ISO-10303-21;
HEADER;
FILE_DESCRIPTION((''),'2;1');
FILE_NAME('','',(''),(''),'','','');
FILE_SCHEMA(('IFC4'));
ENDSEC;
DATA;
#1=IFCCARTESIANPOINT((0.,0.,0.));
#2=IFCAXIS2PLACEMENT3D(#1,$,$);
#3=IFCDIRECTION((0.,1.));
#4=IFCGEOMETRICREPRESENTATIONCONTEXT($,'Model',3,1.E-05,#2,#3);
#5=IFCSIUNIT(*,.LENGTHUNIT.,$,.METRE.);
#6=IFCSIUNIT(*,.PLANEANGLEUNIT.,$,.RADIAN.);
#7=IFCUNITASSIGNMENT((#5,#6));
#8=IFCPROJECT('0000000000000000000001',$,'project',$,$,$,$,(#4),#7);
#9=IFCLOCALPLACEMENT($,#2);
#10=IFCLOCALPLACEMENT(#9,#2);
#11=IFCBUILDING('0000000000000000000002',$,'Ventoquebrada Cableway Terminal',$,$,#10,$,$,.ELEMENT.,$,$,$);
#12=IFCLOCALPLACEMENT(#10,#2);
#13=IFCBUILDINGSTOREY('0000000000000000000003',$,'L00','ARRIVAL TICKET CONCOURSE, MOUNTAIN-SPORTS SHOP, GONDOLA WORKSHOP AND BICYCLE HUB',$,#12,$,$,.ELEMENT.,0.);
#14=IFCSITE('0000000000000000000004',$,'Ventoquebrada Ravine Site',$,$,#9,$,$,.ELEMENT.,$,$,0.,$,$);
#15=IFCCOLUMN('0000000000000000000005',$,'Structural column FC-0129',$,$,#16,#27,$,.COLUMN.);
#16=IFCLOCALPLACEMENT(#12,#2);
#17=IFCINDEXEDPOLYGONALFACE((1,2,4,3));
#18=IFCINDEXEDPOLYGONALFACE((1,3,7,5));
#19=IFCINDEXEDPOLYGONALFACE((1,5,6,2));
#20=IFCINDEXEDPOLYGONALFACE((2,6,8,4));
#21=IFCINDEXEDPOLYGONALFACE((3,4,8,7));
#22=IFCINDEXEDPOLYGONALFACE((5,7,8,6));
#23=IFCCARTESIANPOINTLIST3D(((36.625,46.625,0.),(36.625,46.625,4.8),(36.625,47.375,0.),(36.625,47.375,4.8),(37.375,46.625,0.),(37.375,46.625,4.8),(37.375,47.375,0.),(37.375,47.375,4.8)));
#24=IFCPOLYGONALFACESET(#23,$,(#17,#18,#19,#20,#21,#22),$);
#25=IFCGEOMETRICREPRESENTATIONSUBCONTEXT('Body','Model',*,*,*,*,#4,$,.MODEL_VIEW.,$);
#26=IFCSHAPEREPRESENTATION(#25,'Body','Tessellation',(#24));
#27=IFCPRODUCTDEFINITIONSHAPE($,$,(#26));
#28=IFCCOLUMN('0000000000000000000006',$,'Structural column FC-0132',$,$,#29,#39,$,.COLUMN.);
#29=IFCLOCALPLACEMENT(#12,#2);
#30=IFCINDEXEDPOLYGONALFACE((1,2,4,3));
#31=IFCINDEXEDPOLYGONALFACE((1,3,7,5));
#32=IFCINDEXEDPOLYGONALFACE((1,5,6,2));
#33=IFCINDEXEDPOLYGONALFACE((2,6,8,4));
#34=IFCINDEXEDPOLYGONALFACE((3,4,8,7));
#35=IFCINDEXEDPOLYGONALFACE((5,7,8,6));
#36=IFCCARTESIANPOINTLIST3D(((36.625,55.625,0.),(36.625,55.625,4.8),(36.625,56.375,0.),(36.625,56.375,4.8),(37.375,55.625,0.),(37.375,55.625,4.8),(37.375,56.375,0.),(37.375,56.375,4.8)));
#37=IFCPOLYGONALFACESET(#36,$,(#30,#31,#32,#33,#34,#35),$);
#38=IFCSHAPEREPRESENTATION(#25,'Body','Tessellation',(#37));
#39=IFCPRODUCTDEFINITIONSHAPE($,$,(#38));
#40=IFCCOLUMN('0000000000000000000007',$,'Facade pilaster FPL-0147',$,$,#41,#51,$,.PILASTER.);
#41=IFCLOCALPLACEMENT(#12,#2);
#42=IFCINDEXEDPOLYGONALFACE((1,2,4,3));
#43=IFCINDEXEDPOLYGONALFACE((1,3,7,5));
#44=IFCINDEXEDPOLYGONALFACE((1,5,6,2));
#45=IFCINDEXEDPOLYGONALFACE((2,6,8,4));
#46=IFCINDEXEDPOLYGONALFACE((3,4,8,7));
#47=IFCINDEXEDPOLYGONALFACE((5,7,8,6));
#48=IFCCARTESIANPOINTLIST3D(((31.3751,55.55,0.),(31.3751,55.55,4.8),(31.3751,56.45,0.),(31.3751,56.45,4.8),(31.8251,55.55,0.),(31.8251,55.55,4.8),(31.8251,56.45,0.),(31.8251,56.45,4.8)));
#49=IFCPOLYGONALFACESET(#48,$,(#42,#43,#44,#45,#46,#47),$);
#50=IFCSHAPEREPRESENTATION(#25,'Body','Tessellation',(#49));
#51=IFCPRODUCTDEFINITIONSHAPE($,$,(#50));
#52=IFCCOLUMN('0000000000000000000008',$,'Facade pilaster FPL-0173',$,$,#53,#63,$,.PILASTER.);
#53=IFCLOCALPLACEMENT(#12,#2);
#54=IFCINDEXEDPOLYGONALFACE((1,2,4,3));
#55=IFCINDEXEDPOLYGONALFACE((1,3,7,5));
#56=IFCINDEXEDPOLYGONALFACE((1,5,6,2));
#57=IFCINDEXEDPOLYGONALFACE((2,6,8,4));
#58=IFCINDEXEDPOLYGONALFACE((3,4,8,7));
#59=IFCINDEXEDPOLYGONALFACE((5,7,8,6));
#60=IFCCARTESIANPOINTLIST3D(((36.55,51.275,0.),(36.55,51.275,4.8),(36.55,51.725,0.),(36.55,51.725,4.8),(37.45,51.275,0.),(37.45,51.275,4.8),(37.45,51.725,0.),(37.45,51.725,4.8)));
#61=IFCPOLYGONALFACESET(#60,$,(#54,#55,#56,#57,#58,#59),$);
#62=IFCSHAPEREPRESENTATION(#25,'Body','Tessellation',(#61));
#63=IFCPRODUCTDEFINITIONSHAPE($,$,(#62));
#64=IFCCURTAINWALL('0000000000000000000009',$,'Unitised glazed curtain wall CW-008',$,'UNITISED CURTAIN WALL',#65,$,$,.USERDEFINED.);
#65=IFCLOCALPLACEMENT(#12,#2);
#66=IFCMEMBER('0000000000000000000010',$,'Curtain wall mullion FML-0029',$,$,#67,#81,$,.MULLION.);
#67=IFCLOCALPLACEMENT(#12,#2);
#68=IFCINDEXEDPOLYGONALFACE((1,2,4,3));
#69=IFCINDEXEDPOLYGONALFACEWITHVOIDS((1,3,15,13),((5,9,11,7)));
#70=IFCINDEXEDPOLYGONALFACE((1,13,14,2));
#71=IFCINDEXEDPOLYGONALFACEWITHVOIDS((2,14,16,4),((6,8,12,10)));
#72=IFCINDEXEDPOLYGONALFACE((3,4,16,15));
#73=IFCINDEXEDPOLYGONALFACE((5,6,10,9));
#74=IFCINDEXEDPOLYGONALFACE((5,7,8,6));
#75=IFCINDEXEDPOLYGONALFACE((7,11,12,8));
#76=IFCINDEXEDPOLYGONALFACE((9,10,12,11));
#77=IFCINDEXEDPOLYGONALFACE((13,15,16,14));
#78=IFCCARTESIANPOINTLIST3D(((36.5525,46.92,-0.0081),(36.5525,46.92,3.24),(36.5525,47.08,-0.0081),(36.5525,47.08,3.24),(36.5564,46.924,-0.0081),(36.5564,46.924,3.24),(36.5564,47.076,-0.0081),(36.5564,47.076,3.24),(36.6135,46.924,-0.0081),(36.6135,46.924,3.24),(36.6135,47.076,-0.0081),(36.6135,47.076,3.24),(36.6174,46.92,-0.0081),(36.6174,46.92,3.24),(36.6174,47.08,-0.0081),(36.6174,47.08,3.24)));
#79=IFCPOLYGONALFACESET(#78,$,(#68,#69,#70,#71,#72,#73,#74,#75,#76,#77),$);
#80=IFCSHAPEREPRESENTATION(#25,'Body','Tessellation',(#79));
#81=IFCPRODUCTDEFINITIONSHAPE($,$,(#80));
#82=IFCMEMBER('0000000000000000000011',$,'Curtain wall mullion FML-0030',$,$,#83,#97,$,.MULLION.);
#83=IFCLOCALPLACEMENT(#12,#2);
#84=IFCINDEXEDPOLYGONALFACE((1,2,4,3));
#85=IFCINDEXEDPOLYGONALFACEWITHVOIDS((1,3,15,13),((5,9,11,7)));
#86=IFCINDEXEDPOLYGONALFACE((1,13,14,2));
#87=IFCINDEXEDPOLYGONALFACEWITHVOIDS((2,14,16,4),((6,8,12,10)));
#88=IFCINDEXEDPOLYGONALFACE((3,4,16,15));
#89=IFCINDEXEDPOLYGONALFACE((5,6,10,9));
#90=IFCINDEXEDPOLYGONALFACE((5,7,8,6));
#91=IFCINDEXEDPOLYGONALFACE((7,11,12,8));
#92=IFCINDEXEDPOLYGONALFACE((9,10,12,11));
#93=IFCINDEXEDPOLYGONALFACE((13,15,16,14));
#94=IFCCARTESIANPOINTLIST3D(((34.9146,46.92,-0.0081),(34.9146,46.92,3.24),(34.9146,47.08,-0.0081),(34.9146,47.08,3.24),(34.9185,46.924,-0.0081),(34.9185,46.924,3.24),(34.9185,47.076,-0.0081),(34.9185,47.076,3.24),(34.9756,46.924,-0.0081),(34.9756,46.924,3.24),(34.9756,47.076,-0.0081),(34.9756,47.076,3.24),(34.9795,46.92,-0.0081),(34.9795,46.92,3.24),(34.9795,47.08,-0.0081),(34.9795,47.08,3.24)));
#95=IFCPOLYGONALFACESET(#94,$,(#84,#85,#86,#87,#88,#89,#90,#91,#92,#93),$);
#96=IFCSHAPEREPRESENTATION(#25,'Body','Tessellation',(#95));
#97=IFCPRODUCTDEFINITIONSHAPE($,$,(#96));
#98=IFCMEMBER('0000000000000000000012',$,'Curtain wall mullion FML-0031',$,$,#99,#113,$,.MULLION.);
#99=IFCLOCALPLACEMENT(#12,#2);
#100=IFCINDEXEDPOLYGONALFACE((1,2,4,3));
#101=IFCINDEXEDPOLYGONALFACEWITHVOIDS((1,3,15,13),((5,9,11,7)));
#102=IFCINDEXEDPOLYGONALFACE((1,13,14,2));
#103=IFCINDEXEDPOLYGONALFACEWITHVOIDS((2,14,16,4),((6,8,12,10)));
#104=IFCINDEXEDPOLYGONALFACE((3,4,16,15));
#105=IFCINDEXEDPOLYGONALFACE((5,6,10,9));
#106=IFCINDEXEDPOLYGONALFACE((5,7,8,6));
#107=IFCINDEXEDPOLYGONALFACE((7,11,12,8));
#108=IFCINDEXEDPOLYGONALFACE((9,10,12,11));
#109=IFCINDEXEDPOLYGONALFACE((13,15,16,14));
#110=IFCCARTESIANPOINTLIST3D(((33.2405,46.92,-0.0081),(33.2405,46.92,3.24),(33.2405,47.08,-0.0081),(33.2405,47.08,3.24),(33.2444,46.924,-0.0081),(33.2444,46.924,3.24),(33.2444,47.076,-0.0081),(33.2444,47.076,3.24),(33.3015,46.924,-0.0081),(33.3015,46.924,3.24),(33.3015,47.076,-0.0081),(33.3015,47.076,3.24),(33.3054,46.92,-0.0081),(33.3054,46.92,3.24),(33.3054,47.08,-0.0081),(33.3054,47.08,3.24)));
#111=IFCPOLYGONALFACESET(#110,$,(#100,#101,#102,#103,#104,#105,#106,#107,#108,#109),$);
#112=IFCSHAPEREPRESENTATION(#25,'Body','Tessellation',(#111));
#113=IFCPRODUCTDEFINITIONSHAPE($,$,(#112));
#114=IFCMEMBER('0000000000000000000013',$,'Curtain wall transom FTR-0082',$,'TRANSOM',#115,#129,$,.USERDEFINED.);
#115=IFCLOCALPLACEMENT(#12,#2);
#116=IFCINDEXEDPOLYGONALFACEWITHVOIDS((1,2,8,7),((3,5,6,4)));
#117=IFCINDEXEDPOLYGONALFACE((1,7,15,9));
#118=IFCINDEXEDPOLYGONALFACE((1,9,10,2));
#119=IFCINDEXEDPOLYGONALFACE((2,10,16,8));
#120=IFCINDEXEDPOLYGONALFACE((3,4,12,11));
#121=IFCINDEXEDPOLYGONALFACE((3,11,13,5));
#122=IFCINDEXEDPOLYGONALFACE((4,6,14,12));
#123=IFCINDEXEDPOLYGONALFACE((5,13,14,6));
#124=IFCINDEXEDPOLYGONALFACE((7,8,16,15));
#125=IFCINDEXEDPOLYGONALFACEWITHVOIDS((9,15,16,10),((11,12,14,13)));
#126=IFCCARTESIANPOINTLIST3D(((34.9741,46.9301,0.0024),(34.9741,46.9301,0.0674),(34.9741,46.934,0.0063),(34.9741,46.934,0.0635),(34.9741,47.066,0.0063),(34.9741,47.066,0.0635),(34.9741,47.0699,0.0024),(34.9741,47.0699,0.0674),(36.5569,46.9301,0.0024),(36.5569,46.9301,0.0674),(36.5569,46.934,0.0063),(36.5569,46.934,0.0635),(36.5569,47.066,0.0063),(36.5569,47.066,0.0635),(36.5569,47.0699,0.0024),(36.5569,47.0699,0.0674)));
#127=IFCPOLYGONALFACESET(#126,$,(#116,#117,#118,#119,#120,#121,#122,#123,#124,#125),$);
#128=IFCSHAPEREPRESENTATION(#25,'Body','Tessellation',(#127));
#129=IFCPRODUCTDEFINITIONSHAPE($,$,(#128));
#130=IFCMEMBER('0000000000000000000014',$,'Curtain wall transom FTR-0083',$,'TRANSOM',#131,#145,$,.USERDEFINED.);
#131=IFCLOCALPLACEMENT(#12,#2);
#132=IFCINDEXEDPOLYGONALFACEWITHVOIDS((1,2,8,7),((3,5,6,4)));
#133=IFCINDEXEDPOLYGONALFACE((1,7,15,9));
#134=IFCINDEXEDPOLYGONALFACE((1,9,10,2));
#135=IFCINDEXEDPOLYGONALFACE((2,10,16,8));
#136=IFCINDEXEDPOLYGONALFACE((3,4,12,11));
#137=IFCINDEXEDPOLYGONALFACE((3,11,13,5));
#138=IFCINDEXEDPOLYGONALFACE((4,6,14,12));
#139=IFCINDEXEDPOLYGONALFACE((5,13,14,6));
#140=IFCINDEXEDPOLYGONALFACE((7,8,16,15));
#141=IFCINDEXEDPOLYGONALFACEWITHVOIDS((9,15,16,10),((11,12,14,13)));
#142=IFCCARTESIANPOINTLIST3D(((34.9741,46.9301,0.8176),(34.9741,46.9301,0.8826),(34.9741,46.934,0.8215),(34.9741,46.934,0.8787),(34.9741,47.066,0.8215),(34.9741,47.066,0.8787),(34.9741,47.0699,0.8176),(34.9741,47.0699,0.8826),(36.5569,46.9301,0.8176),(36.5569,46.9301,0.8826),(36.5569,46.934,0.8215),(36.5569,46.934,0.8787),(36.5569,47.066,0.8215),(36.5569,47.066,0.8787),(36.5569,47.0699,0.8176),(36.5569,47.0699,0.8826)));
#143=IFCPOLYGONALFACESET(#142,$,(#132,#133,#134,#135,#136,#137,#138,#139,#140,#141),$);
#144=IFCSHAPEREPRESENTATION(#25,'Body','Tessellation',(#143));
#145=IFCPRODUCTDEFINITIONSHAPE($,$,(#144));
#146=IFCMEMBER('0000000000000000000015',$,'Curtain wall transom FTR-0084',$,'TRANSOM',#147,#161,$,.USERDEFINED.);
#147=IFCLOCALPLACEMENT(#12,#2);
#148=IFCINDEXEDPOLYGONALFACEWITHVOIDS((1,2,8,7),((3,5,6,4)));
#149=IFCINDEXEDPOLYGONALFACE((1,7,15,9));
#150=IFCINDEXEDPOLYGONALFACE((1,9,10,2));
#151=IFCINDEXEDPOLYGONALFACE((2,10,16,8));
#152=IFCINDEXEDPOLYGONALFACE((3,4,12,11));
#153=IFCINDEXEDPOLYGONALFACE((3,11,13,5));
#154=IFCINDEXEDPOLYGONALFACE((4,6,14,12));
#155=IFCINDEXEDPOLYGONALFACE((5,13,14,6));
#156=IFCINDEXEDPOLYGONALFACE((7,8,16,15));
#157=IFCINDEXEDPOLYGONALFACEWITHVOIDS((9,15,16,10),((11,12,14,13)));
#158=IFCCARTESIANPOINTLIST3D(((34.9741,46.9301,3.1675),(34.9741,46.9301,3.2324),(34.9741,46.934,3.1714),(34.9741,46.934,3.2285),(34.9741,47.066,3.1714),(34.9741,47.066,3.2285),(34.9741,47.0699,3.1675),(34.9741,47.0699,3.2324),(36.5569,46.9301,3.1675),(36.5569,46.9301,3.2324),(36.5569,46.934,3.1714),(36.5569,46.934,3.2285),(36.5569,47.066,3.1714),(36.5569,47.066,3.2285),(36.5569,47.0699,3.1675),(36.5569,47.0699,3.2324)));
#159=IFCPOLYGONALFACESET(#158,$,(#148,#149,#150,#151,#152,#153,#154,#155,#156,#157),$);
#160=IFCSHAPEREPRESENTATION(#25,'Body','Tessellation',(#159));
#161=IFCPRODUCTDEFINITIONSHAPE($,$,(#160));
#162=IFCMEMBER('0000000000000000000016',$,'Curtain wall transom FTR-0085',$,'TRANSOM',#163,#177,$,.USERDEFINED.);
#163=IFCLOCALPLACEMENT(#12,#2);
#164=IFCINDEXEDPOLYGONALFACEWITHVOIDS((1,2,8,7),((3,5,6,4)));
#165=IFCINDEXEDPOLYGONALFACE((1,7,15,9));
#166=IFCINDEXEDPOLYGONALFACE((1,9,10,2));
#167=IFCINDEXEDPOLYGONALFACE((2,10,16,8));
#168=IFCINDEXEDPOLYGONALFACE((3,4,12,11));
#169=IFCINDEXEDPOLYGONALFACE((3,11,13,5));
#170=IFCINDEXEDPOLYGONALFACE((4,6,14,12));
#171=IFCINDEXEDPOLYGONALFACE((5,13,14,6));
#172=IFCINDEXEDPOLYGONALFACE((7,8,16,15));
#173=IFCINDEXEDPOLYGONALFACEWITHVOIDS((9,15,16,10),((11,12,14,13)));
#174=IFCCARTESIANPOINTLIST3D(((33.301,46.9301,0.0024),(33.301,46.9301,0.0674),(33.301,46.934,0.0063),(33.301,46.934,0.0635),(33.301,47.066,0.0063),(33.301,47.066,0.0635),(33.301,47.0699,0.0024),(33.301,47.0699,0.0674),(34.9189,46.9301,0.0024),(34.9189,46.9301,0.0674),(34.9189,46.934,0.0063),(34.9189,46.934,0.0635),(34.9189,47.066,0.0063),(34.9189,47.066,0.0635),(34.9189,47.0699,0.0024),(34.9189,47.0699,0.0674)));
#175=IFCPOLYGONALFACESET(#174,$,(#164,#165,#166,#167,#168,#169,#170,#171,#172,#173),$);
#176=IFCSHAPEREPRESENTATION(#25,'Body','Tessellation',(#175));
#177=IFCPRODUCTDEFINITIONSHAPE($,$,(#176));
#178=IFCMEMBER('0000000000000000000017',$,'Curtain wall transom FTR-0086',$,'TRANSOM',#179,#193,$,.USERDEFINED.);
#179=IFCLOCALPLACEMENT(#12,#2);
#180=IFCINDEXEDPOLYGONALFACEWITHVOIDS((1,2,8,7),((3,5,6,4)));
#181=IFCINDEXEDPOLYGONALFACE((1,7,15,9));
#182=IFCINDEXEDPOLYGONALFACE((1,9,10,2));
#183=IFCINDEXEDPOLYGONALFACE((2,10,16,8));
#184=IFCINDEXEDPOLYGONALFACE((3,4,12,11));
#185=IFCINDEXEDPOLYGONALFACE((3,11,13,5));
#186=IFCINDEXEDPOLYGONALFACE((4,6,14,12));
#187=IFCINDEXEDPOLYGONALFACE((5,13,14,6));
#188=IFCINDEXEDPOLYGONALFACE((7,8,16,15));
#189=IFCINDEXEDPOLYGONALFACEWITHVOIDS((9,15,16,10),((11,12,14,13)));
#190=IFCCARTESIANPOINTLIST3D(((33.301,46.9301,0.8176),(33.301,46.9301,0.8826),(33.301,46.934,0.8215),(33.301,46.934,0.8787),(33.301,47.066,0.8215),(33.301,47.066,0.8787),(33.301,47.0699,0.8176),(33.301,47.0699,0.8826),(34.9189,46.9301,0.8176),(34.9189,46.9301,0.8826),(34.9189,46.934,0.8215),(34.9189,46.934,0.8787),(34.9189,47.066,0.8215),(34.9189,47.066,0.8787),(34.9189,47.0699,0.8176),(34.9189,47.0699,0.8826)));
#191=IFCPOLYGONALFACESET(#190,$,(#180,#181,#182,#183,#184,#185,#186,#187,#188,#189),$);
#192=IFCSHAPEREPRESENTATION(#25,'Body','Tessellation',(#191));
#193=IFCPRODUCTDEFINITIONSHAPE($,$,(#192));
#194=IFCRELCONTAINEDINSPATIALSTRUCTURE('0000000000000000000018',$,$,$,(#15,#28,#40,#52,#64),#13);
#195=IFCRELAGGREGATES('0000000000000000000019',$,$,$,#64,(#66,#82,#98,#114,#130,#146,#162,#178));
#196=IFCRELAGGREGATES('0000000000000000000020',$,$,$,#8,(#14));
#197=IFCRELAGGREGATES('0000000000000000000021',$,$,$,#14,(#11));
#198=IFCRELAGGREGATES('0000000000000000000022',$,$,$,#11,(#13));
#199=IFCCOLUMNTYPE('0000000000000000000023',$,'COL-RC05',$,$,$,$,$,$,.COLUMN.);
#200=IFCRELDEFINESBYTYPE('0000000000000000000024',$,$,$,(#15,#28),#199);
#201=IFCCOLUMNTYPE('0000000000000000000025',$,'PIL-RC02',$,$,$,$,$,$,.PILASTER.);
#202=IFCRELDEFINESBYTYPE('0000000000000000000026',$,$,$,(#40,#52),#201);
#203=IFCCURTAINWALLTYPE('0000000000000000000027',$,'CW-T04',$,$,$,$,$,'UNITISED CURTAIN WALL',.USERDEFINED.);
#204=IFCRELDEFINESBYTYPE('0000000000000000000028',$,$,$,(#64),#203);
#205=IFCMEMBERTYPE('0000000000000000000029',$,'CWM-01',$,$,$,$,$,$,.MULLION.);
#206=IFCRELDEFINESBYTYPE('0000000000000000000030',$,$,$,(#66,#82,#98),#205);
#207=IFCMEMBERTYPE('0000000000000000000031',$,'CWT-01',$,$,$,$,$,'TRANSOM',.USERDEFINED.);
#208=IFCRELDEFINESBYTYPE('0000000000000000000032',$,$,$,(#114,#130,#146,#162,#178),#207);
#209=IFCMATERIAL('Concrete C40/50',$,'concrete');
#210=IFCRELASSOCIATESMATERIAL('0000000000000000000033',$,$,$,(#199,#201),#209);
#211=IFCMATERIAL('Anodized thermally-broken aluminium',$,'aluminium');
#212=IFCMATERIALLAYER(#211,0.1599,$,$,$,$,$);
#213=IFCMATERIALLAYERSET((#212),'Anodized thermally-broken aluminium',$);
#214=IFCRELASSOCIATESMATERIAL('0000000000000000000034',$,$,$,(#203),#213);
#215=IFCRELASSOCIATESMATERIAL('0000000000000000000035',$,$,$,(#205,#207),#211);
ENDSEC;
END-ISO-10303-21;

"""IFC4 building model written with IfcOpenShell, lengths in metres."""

from ifc_helpers import new_model, si_unit, direction, frame, origin, origin_2d, place, context, subcontext, project, spatial, rectangle, hollow_rectangle, extrude, material, layer, layer_set, material_profile, profile_set, type_object, element, aggregate, save


model = new_model("IFC4")

# Units and contexts
model_context = context("Model", 3, precision=1e-05, world=origin(), true_north=direction((0.0, 1.0)))
body_context = subcontext(model_context, "Body", "Model", "MODEL_VIEW")
ifc_project = project(units=[si_unit("LENGTHUNIT", "METRE"), si_unit("PLANEANGLEUNIT", "RADIAN")], contexts=[model_context])

# Site, building, storey
site_placement = place(None, origin())
site = spatial("IfcSite", under=ifc_project, at=site_placement, Name="Ventoquebrada Ravine Site", CompositionType="ELEMENT", RefElevation=0.0)
building_placement = place(site_placement, origin())
building = spatial("IfcBuilding", under=site, at=building_placement, Name="Ventoquebrada Cableway Terminal", CompositionType="ELEMENT")
storey_placement = place(building_placement, origin())
storey = spatial("IfcBuildingStorey", under=building, at=storey_placement, Name="L00", Description="ARRIVAL TICKET CONCOURSE, MOUNTAIN-SPORTS SHOP, GONDOLA WORKSHOP AND BICYCLE HUB", CompositionType="ELEMENT", Elevation=0.0)

# Columns
ifc_material_1 = material(Name="Concrete C40/50", Category="concrete")
ifc_material_profile_1 = material_profile(ifc_material_1, rectangle(XDim=0.75, YDim=0.75, at=origin_2d()), Name="RC-COL-750X750")
ifc_profile_set_1 = profile_set([ifc_material_profile_1], Name="Concrete C40/50")
column_type_1 = type_object("IfcColumnType", Name="COL-RC05", PredefinedType="COLUMN", material=ifc_profile_set_1)
for number, where, z_axis, x_axis, name in (
    (1, (37.0, 47.0, 0.0), (0.0, 0.0, 1.0), (1.0, 0.0, 0.0), "Structural column FC-0129"),
    (2, (37.0, 56.0, 0.0), (0.0, 0.0, 1.0), (1.0, 0.0, 0.0), "Structural column FC-0132"),
):
    element("IfcColumn", number, at=place(storey_placement, frame(where, z_axis=z_axis, x_axis=x_axis)), inside=storey, type_object=column_type_1, Name=name, PredefinedType="COLUMN", context=body_context, shape_type="SweptSolid", body=[
        extrude(rectangle(XDim=0.75, YDim=0.75, at=origin_2d()), origin(), (0.0, 0.0, 1.0), 4.8),
    ])
ifc_material_profile_2 = material_profile(ifc_material_1, rectangle(XDim=0.45, YDim=0.8999, at=origin_2d()), Name="RC-PIL-450X900")
ifc_profile_set_2 = profile_set([ifc_material_profile_2], Name="Concrete C40/50")
column_type_2 = type_object("IfcColumnType", Name="PIL-RC02", PredefinedType="PILASTER", material=ifc_profile_set_2)
for number, where, z_axis, x_axis, name in (
    (3, (31.6001, 56.0, 0.0), (0.0, 0.0, 1.0), (1.0, 0.0, 0.0), "Facade pilaster FPL-0147"),
    (4, (37.0, 51.5, 0.0), (0.0, 0.0, 1.0), (0.0, 1.0, 0.0), "Facade pilaster FPL-0173"),
):
    element("IfcColumn", number, at=place(storey_placement, frame(where, z_axis=z_axis, x_axis=x_axis)), inside=storey, type_object=column_type_2, Name=name, PredefinedType="PILASTER", context=body_context, shape_type="SweptSolid", body=[
        extrude(rectangle(XDim=0.45, YDim=0.8999, at=origin_2d()), origin(), (0.0, 0.0, 1.0), 4.8),
    ])

# Curtain wall, members
ifc_material_2 = material(Name="Anodized thermally-broken aluminium", Category="aluminium")
ifc_layer_1 = layer(ifc_material_2, 0.1599)
ifc_layer_set_1 = layer_set([ifc_layer_1], Name="Anodized thermally-broken aluminium")
curtain_wall_type = type_object("IfcCurtainWallType", Name="CW-T04", ElementType="UNITISED CURTAIN WALL", PredefinedType="USERDEFINED", material=ifc_layer_set_1)
curtain_wall_placement = place(storey_placement, origin())
curtain_wall = element("IfcCurtainWall", 5, at=curtain_wall_placement, inside=storey, type_object=curtain_wall_type, Name="Unitised glazed curtain wall CW-008", ObjectType="UNITISED CURTAIN WALL", PredefinedType="USERDEFINED")
ifc_material_profile_3 = material_profile(ifc_material_2, hollow_rectangle(XDim=0.0649, YDim=0.1599, WallThickness=0.0039, at=origin_2d()), Name="CW-MUL-65X160")
ifc_profile_set_3 = profile_set([ifc_material_profile_3], Name="Anodized thermally-broken aluminium")
member_type_1 = type_object("IfcMemberType", Name="CWM-01", PredefinedType="MULLION", material=ifc_profile_set_3)
member_1_placement = place(storey_placement, frame((36.585, 47.0, -0.0081), z_axis=(0.0, 0.0, 1.0), x_axis=(-1.0, 0.0, 0.0)))
member_1 = element("IfcMember", 6, at=member_1_placement, type_object=member_type_1, Name="Curtain wall mullion FML-0029", PredefinedType="MULLION", context=body_context, shape_type="SweptSolid", body=[
    extrude(hollow_rectangle(XDim=0.0649, YDim=0.1599, WallThickness=0.0039, at=origin_2d()), origin(), (0.0, 0.0, 1.0), 3.248),
])
member_2_placement = place(storey_placement, frame((34.947, 47.0, -0.0081), z_axis=(0.0, 0.0, 1.0), x_axis=(-1.0, 0.0, 0.0)))
member_2 = element("IfcMember", 7, at=member_2_placement, type_object=member_type_1, Name="Curtain wall mullion FML-0030", PredefinedType="MULLION", context=body_context, shape_type="SweptSolid", body=[
    extrude(hollow_rectangle(XDim=0.0649, YDim=0.1599, WallThickness=0.0039, at=origin_2d()), origin(), (0.0, 0.0, 1.0), 3.248),
])
member_3_placement = place(storey_placement, frame((33.2729, 47.0, -0.0081), z_axis=(0.0, 0.0, 1.0), x_axis=(-1.0, 0.0, 0.0)))
member_3 = element("IfcMember", 8, at=member_3_placement, type_object=member_type_1, Name="Curtain wall mullion FML-0031", PredefinedType="MULLION", context=body_context, shape_type="SweptSolid", body=[
    extrude(hollow_rectangle(XDim=0.0649, YDim=0.1599, WallThickness=0.0039, at=origin_2d()), origin(), (0.0, 0.0, 1.0), 3.248),
])
ifc_material_profile_4 = material_profile(ifc_material_2, hollow_rectangle(XDim=0.0649, YDim=0.1399, WallThickness=0.0039, at=origin_2d()), Name="CW-TRN-65X140")
ifc_profile_set_4 = profile_set([ifc_material_profile_4], Name="Anodized thermally-broken aluminium")
member_type_2 = type_object("IfcMemberType", Name="CWT-01", ElementType="TRANSOM", PredefinedType="USERDEFINED", material=ifc_profile_set_4)
member_4_placement = place(storey_placement, frame((36.5569, 47.0, 0.0349), z_axis=(-1.0, 0.0, 0.0), x_axis=(0.0, 0.0, 1.0)))
member_4 = element("IfcMember", 9, at=member_4_placement, type_object=member_type_2, Name="Curtain wall transom FTR-0082", ObjectType="TRANSOM", PredefinedType="USERDEFINED", context=body_context, shape_type="SweptSolid", body=[
    extrude(hollow_rectangle(XDim=0.0649, YDim=0.1399, WallThickness=0.0039, at=origin_2d()), origin(), (0.0, 0.0, 1.0), 1.5828),
])
member_5_placement = place(storey_placement, frame((36.5569, 47.0, 0.8501), z_axis=(-1.0, 0.0, 0.0), x_axis=(0.0, 0.0, 1.0)))
member_5 = element("IfcMember", 10, at=member_5_placement, type_object=member_type_2, Name="Curtain wall transom FTR-0083", ObjectType="TRANSOM", PredefinedType="USERDEFINED", context=body_context, shape_type="SweptSolid", body=[
    extrude(hollow_rectangle(XDim=0.0649, YDim=0.1399, WallThickness=0.0039, at=origin_2d()), origin(), (0.0, 0.0, 1.0), 1.5828),
])
member_6_placement = place(storey_placement, frame((36.5569, 47.0, 3.2), z_axis=(-1.0, 0.0, 0.0), x_axis=(0.0, 0.0, 1.0)))
member_6 = element("IfcMember", 11, at=member_6_placement, type_object=member_type_2, Name="Curtain wall transom FTR-0084", ObjectType="TRANSOM", PredefinedType="USERDEFINED", context=body_context, shape_type="SweptSolid", body=[
    extrude(hollow_rectangle(XDim=0.0649, YDim=0.1399, WallThickness=0.0039, at=origin_2d()), origin(), (0.0, 0.0, 1.0), 1.5828),
])
member_7_placement = place(storey_placement, frame((34.9189, 47.0, 0.0349), z_axis=(-1.0, 0.0, 0.0), x_axis=(0.0, 0.0, 1.0)))
member_7 = element("IfcMember", 12, at=member_7_placement, type_object=member_type_2, Name="Curtain wall transom FTR-0085", ObjectType="TRANSOM", PredefinedType="USERDEFINED", context=body_context, shape_type="SweptSolid", body=[
    extrude(hollow_rectangle(XDim=0.0649, YDim=0.1399, WallThickness=0.0039, at=origin_2d()), origin(), (0.0, 0.0, 1.0), 1.6179),
])
member_8_placement = place(storey_placement, frame((34.9189, 47.0, 0.8501), z_axis=(-1.0, 0.0, 0.0), x_axis=(0.0, 0.0, 1.0)))
member_8 = element("IfcMember", 13, at=member_8_placement, type_object=member_type_2, Name="Curtain wall transom FTR-0086", ObjectType="TRANSOM", PredefinedType="USERDEFINED", context=body_context, shape_type="SweptSolid", body=[
    extrude(hollow_rectangle(XDim=0.0649, YDim=0.1399, WallThickness=0.0039, at=origin_2d()), origin(), (0.0, 0.0, 1.0), 1.6179),
])

aggregate(curtain_wall, [member_1, member_2, member_3, member_4, member_5, member_6, member_7, member_8])

save(model, "model.ifc")
